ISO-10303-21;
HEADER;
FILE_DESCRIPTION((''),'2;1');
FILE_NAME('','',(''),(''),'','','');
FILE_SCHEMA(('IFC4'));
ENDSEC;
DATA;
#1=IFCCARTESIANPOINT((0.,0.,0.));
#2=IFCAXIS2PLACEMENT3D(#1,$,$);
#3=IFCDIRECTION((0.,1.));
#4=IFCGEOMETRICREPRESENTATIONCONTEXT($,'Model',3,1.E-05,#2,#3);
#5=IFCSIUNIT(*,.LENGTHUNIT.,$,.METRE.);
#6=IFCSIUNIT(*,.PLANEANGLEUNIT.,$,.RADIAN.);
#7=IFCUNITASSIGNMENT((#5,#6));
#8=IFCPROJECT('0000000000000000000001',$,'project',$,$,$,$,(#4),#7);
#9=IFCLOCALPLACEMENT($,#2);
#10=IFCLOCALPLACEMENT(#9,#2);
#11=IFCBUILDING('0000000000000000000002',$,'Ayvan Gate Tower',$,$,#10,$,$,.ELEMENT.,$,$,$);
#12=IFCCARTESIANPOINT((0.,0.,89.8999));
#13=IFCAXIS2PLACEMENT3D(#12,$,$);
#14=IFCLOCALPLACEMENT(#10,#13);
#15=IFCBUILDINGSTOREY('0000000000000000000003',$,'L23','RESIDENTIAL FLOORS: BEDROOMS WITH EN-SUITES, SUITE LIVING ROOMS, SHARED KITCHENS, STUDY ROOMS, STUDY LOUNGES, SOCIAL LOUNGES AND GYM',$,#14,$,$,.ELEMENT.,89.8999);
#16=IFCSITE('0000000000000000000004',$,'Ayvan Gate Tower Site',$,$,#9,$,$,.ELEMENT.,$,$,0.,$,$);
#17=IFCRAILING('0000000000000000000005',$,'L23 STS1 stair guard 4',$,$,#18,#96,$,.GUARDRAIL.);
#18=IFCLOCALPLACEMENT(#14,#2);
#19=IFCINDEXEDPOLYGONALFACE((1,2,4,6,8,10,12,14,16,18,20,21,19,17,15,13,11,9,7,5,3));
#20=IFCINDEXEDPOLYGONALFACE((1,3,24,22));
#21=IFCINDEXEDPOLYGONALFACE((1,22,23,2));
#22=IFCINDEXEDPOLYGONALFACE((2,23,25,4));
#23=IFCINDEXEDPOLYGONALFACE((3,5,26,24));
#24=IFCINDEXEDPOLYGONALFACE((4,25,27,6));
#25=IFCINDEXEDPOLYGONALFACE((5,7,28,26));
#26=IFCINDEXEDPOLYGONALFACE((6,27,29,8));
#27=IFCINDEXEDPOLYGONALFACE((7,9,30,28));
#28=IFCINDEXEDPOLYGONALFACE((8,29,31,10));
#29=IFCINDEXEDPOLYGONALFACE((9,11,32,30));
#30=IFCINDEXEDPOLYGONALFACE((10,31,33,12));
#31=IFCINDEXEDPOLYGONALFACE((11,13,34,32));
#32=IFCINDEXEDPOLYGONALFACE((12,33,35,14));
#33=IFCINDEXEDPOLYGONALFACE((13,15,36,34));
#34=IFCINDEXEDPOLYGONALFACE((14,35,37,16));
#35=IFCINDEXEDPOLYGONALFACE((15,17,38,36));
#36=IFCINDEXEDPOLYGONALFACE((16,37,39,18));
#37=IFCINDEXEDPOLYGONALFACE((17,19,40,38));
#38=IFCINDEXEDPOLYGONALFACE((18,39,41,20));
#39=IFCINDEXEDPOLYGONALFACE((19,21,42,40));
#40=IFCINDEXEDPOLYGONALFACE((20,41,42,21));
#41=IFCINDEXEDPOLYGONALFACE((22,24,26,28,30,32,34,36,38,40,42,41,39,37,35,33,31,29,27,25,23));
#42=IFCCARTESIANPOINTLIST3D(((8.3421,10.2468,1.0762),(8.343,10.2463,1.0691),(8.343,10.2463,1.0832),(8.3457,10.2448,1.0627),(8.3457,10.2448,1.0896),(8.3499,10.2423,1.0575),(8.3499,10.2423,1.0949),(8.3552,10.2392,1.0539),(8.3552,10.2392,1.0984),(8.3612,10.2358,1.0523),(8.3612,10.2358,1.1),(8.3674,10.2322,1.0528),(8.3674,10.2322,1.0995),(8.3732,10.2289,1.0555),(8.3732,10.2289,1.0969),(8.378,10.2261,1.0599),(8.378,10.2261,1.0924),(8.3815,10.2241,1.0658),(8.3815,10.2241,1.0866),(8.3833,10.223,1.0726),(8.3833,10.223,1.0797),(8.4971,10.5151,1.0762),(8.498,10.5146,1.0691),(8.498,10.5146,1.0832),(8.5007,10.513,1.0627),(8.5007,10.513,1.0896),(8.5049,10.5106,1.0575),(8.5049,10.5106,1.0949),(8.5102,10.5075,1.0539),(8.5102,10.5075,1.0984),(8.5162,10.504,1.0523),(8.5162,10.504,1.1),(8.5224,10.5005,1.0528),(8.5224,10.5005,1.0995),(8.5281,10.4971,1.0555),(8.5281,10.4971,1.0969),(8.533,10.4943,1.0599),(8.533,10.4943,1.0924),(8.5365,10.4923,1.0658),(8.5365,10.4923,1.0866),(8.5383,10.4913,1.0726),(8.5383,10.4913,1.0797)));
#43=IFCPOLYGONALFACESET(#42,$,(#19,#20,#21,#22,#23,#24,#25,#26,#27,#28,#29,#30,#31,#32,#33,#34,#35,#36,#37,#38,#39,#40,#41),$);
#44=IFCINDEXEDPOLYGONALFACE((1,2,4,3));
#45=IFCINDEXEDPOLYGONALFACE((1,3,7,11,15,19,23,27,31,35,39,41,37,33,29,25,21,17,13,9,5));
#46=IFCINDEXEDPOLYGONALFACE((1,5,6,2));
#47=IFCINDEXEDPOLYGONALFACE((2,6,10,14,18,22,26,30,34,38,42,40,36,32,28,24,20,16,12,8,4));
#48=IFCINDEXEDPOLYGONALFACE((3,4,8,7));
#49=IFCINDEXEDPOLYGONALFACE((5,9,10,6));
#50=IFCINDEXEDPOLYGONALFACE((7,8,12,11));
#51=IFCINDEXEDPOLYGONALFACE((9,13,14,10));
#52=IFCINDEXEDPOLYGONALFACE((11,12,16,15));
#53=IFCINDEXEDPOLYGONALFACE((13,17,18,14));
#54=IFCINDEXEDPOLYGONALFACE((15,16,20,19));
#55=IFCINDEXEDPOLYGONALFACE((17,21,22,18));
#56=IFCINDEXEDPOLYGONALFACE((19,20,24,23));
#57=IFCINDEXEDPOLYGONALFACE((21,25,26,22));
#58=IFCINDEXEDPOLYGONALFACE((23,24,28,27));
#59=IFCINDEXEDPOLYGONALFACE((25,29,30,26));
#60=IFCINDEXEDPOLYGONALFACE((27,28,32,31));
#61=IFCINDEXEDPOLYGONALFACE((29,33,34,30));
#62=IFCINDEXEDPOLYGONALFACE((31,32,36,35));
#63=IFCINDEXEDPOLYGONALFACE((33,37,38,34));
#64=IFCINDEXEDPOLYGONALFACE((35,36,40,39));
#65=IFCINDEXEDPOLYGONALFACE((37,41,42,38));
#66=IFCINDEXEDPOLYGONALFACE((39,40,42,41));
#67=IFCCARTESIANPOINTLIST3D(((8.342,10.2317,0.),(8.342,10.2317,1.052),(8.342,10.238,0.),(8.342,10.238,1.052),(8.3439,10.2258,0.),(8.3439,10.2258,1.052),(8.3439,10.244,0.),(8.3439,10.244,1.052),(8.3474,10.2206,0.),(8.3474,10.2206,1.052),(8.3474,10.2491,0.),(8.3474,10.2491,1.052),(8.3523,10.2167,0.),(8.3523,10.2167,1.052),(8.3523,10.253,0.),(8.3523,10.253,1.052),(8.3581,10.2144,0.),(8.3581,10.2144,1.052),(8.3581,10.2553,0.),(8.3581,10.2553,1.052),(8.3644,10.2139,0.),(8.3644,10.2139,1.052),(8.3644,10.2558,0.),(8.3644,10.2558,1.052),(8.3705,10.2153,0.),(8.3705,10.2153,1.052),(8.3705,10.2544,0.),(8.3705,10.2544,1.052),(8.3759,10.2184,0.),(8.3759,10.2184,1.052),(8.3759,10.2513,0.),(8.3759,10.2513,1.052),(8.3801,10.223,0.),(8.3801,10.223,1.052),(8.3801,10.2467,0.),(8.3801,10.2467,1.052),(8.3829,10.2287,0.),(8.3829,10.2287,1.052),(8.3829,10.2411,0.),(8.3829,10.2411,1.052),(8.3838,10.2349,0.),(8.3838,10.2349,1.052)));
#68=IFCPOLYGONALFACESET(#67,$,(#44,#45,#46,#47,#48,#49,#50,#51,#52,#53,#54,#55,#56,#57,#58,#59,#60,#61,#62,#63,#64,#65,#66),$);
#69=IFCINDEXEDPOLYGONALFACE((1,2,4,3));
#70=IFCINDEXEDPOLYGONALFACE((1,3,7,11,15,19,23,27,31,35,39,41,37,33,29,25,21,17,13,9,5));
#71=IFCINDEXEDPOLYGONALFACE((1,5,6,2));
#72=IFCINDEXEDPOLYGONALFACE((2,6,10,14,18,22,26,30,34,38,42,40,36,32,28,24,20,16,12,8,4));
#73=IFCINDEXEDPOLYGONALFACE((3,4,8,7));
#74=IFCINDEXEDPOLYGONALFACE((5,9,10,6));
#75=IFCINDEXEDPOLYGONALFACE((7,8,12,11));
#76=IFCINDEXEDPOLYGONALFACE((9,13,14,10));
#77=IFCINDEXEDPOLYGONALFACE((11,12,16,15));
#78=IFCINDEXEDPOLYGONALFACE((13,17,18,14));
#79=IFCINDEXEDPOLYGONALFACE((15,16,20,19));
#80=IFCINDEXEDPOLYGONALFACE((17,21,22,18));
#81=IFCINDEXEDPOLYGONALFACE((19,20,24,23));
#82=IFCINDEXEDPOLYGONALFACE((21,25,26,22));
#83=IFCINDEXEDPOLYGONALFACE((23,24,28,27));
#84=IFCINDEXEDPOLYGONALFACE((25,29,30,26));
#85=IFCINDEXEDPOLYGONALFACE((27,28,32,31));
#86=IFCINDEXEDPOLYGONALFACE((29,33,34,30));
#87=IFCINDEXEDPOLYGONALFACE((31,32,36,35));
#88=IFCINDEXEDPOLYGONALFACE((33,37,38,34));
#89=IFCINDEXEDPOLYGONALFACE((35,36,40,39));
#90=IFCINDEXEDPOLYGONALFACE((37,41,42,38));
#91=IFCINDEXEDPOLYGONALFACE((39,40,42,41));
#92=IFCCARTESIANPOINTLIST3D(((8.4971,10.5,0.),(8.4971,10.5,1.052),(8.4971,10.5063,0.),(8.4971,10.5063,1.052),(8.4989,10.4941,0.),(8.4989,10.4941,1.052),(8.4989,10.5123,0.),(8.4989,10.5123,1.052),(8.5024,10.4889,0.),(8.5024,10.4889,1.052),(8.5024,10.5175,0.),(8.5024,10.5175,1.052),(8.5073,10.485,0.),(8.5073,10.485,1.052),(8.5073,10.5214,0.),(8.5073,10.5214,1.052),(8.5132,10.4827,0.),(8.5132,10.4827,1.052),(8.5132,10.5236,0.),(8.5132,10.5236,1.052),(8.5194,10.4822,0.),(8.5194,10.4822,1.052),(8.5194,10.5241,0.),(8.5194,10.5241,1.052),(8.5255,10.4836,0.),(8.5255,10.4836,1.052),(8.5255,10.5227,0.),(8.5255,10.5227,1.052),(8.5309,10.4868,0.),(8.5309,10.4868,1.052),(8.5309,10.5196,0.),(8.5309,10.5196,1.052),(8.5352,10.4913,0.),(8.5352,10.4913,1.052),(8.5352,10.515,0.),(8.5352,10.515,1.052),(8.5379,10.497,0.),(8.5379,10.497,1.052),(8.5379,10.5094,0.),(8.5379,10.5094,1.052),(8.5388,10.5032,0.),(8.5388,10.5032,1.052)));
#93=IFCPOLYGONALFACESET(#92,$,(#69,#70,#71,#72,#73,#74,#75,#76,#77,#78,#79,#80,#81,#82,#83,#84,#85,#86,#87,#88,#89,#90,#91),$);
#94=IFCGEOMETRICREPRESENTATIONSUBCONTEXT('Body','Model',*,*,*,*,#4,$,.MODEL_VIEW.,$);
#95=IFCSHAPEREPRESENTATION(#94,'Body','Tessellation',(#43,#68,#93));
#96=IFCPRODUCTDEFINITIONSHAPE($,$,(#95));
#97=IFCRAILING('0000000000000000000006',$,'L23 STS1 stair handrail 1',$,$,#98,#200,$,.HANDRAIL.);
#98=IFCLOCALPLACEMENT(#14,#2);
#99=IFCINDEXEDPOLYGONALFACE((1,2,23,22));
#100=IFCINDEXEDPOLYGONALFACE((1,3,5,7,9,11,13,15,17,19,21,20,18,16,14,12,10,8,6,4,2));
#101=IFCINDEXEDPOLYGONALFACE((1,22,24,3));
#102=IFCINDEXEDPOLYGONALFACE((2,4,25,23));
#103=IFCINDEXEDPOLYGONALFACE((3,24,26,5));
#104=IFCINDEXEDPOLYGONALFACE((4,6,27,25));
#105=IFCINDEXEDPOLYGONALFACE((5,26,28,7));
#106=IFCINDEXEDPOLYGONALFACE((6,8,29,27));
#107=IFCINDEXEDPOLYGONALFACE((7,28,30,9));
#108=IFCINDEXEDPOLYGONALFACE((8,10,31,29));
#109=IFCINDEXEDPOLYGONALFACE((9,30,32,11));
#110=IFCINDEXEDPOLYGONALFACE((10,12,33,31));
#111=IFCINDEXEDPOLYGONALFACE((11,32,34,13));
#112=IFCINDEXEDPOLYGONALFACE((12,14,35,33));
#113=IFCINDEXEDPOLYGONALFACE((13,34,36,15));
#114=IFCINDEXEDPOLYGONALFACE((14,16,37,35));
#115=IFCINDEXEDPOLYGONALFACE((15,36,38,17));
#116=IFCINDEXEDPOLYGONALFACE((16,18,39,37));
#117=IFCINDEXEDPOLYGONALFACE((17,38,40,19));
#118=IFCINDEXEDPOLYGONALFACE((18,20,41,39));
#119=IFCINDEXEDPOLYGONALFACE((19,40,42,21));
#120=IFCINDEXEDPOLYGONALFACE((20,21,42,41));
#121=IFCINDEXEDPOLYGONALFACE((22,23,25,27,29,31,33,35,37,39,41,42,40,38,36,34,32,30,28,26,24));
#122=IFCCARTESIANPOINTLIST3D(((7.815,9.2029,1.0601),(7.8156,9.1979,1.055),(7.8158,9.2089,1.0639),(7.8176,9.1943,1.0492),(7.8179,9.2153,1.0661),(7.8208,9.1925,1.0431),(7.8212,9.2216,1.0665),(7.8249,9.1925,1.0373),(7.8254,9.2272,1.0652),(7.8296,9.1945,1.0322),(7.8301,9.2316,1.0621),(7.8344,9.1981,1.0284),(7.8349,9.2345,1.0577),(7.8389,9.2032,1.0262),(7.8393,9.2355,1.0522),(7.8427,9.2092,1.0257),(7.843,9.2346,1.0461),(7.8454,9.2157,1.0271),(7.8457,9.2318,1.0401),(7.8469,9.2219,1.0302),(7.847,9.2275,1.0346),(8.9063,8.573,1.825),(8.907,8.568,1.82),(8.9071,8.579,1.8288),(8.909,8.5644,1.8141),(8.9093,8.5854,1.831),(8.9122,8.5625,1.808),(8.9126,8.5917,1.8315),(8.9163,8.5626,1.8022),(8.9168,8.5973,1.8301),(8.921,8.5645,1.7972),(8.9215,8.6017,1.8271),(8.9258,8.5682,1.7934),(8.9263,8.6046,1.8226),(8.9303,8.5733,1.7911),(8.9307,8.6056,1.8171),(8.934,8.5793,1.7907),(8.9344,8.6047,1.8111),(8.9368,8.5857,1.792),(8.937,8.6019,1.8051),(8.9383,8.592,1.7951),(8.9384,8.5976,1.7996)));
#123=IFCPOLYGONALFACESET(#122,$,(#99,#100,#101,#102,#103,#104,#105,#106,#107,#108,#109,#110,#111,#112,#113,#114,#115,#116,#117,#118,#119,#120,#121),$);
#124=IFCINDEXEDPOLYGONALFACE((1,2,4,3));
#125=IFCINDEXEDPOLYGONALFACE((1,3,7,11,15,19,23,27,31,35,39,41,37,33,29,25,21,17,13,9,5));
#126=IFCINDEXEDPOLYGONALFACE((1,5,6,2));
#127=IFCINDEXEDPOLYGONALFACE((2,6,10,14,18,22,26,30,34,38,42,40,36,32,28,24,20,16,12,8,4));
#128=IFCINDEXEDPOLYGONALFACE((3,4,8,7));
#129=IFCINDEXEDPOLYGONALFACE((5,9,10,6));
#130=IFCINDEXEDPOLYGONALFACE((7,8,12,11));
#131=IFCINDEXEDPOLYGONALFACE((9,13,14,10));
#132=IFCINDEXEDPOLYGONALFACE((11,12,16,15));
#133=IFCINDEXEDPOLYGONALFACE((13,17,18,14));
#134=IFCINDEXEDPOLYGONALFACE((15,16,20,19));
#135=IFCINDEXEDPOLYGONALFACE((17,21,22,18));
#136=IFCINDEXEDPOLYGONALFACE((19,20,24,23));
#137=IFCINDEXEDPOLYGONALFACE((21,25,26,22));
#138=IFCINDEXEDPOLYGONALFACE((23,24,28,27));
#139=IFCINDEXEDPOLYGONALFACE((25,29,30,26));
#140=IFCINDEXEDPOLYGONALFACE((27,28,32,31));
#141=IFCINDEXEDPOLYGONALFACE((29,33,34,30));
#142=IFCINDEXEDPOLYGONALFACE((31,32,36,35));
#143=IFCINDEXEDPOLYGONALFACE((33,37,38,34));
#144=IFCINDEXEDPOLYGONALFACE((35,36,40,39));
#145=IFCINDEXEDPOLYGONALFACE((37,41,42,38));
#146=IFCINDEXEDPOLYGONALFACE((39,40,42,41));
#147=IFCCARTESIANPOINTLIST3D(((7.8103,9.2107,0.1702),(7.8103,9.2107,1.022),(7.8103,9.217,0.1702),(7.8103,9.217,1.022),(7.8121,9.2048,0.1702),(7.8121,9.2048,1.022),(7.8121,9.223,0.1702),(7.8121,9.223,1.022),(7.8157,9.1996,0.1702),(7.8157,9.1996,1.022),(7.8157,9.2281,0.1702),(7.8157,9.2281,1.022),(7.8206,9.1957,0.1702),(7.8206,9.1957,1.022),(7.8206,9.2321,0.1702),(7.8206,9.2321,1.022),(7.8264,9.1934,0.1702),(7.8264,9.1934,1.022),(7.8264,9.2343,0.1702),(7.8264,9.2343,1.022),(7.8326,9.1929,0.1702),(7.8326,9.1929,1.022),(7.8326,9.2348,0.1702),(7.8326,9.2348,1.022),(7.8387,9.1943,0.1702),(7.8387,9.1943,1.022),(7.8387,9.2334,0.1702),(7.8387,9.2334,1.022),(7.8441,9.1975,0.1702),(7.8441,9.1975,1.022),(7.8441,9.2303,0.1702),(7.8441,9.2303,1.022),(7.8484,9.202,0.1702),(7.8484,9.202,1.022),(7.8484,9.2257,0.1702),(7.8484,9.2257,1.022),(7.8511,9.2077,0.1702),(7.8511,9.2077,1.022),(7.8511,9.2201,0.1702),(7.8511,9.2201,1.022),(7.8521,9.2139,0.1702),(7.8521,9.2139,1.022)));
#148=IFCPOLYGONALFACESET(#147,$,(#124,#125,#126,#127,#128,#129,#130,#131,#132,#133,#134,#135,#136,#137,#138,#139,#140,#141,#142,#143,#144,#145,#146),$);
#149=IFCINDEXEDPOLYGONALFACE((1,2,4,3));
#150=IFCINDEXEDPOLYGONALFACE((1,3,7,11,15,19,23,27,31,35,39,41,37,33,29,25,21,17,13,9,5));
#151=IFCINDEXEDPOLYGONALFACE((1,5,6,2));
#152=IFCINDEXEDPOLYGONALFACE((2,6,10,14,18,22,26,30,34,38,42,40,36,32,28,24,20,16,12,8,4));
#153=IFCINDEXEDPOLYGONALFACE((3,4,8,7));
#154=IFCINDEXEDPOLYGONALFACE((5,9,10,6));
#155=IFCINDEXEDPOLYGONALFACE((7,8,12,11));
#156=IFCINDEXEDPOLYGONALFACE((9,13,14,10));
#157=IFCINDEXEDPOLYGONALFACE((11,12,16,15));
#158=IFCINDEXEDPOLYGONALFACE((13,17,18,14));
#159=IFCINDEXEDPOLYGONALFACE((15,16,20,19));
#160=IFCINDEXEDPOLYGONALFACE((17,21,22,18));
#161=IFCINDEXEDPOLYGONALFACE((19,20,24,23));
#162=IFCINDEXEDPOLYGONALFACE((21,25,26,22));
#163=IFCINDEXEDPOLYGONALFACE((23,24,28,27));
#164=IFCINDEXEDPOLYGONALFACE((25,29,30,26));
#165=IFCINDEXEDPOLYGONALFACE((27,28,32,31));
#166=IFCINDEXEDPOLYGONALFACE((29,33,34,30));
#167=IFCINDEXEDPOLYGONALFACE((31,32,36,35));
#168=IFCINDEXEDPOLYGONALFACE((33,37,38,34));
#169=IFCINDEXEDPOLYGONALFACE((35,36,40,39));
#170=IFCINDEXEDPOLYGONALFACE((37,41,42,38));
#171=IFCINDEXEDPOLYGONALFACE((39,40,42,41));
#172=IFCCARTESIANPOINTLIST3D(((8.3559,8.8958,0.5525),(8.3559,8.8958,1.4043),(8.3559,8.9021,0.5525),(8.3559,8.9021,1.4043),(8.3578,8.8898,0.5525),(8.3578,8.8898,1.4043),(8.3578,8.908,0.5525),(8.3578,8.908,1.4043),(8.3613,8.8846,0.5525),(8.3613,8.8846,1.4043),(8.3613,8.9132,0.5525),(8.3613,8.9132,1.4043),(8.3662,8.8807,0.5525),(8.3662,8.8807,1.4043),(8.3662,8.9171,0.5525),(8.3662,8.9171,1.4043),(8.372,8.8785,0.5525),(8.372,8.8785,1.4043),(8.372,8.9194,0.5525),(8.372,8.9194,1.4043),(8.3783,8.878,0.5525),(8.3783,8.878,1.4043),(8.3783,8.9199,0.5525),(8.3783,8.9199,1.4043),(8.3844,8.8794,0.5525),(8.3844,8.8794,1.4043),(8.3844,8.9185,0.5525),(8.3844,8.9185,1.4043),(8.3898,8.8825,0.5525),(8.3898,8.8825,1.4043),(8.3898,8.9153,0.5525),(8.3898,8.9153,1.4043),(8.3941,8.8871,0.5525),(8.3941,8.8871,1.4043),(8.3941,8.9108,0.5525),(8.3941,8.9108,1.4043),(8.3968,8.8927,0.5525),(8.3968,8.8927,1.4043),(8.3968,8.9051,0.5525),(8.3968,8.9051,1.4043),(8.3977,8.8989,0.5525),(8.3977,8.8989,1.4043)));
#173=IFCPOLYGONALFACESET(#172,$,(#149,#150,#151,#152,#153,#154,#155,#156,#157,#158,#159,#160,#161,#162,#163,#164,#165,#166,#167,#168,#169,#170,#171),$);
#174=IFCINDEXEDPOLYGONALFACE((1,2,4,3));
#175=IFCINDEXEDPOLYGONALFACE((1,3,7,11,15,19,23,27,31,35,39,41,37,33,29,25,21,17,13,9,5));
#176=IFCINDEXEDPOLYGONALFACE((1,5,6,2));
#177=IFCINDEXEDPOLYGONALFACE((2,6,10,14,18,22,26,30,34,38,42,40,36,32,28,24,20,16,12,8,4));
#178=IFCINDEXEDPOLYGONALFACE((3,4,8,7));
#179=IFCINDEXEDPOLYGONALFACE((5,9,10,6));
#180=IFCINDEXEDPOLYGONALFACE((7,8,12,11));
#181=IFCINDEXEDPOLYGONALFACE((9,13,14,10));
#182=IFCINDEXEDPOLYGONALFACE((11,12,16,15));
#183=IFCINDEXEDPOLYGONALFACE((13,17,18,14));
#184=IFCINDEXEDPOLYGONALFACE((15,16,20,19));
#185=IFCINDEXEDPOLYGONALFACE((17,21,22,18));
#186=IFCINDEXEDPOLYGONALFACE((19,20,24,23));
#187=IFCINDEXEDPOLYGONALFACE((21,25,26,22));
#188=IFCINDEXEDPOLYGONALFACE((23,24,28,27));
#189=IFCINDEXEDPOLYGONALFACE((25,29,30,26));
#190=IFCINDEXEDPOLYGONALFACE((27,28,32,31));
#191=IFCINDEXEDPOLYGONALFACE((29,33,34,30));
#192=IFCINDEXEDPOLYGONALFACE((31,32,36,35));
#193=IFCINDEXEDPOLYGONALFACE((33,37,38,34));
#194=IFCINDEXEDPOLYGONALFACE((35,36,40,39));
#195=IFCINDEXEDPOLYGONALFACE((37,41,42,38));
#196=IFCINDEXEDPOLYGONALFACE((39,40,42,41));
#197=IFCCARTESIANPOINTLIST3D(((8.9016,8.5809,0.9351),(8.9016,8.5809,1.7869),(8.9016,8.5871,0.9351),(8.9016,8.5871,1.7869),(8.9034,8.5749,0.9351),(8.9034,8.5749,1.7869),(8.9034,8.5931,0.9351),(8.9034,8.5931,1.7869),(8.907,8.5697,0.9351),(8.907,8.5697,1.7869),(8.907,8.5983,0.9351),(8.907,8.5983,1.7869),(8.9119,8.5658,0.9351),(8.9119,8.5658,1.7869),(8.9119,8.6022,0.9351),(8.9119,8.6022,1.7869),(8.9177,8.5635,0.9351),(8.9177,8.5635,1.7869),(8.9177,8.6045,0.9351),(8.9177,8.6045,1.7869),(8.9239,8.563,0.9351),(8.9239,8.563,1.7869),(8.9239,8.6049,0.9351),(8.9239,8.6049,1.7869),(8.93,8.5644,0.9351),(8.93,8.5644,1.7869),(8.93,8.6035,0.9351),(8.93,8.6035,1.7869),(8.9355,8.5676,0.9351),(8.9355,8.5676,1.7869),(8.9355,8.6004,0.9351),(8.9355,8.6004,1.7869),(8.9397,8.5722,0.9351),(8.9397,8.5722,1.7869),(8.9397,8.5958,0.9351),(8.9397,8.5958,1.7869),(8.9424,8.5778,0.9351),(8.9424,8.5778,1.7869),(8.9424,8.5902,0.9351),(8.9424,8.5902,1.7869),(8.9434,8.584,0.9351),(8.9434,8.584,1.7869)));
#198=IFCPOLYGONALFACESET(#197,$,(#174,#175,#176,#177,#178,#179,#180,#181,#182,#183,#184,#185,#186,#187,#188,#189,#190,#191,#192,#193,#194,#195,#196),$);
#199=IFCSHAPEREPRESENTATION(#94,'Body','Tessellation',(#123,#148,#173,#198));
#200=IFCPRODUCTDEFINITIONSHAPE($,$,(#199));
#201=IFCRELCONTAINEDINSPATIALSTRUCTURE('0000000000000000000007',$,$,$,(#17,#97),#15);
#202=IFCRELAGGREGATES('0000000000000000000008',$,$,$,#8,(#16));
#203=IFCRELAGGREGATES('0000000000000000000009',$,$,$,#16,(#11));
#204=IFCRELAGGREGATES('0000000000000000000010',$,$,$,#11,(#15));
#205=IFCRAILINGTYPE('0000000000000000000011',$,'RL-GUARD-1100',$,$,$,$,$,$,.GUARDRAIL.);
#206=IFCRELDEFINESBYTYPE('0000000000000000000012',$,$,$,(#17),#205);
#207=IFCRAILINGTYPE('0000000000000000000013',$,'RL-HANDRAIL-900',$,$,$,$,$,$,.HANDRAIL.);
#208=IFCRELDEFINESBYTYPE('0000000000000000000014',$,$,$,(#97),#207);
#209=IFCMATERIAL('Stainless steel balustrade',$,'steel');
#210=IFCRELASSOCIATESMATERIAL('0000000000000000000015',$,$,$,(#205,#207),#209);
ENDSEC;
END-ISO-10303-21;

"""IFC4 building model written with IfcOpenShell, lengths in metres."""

from ifc_helpers import new_model, si_unit, direction, frame, origin, origin_2d, place, context, subcontext, project, spatial, circle, extrude, material, type_object, element, save


model = new_model("IFC4")

# Units and contexts
model_context = context("Model", 3, precision=1e-05, world=origin(), true_north=direction((0.0, 1.0)))
body_context = subcontext(model_context, "Body", "Model", "MODEL_VIEW")
ifc_project = project(units=[si_unit("LENGTHUNIT", "METRE"), si_unit("PLANEANGLEUNIT", "RADIAN")], contexts=[model_context])

# Site, building, storey
site_placement = place(None, origin())
site = spatial("IfcSite", under=ifc_project, at=site_placement, Name="Ayvan Gate Tower Site", CompositionType="ELEMENT", RefElevation=0.0)
building_placement = place(site_placement, origin())
building = spatial("IfcBuilding", under=site, at=building_placement, Name="Ayvan Gate Tower", CompositionType="ELEMENT")
storey_placement = place(building_placement, frame((0.0, 0.0, 89.8999)))
storey = spatial("IfcBuildingStorey", under=building, at=storey_placement, Name="L23", Description="RESIDENTIAL FLOORS: BEDROOMS WITH EN-SUITES, SUITE LIVING ROOMS, SHARED KITCHENS, STUDY ROOMS, STUDY LOUNGES, SOCIAL LOUNGES AND GYM", CompositionType="ELEMENT", Elevation=89.8999)

# Railings
ifc_material_1 = material(Name="Stainless steel balustrade", Category="steel")
railing_type_1 = type_object("IfcRailingType", Name="RL-GUARD-1100", PredefinedType="GUARDRAIL", material=ifc_material_1)
railing_1_placement = place(storey_placement, frame((8.3628, 10.2349, 0.0)))
element("IfcRailing", 1, at=railing_1_placement, inside=storey, type_object=railing_type_1, Name="L23 STS1 stair guard 4", PredefinedType="GUARDRAIL", context=body_context, shape_type="SweptSolid", body=[
    extrude(circle(Radius=0.0239, at=origin_2d()), frame((0.0, 0.0, 1.0762), z_axis=(0.500291, 0.865857, 0.0), x_axis=(-0.865857, 0.500291, 0.0)), (0.0, 0.0, 1.0), 0.3098),
    extrude(circle(Radius=0.021, at=origin_2d()), origin(), (0.0, 0.0, 1.0), 1.052),
    extrude(circle(Radius=0.021, at=origin_2d()), frame((0.155, 0.2683, 0.0)), (0.0, 0.0, 1.0), 1.052),
])
railing_type_2 = type_object("IfcRailingType", Name="RL-HANDRAIL-900", PredefinedType="HANDRAIL", material=ifc_material_1)
railing_2_placement = place(storey_placement, frame((7.8311, 9.2139, 0.1702)))
element("IfcRailing", 2, at=railing_2_placement, inside=storey, type_object=railing_type_2, Name="L23 STS1 stair handrail 1", PredefinedType="HANDRAIL", context=body_context, shape_type="SweptSolid", body=[
    extrude(circle(Radius=0.0239, at=origin_2d()), frame((0.0, 0.0, 0.876), z_axis=(0.740357, -0.42732, 0.518912), x_axis=(0.49989, 0.866089, 0.0)), (0.0, 0.0, 1.0), 1.4741),
    extrude(circle(Radius=0.021, at=origin_2d()), origin(), (0.0, 0.0, 1.0), 0.8518),
    extrude(circle(Radius=0.021, at=origin_2d()), frame((0.5457, -0.3149, 0.3823)), (0.0, 0.0, 1.0), 0.8518),
    extrude(circle(Radius=0.021, at=origin_2d()), frame((1.0913, -0.6299, 0.7649)), (0.0, 0.0, 1.0), 0.8518),
])

save(model, "model.ifc")
